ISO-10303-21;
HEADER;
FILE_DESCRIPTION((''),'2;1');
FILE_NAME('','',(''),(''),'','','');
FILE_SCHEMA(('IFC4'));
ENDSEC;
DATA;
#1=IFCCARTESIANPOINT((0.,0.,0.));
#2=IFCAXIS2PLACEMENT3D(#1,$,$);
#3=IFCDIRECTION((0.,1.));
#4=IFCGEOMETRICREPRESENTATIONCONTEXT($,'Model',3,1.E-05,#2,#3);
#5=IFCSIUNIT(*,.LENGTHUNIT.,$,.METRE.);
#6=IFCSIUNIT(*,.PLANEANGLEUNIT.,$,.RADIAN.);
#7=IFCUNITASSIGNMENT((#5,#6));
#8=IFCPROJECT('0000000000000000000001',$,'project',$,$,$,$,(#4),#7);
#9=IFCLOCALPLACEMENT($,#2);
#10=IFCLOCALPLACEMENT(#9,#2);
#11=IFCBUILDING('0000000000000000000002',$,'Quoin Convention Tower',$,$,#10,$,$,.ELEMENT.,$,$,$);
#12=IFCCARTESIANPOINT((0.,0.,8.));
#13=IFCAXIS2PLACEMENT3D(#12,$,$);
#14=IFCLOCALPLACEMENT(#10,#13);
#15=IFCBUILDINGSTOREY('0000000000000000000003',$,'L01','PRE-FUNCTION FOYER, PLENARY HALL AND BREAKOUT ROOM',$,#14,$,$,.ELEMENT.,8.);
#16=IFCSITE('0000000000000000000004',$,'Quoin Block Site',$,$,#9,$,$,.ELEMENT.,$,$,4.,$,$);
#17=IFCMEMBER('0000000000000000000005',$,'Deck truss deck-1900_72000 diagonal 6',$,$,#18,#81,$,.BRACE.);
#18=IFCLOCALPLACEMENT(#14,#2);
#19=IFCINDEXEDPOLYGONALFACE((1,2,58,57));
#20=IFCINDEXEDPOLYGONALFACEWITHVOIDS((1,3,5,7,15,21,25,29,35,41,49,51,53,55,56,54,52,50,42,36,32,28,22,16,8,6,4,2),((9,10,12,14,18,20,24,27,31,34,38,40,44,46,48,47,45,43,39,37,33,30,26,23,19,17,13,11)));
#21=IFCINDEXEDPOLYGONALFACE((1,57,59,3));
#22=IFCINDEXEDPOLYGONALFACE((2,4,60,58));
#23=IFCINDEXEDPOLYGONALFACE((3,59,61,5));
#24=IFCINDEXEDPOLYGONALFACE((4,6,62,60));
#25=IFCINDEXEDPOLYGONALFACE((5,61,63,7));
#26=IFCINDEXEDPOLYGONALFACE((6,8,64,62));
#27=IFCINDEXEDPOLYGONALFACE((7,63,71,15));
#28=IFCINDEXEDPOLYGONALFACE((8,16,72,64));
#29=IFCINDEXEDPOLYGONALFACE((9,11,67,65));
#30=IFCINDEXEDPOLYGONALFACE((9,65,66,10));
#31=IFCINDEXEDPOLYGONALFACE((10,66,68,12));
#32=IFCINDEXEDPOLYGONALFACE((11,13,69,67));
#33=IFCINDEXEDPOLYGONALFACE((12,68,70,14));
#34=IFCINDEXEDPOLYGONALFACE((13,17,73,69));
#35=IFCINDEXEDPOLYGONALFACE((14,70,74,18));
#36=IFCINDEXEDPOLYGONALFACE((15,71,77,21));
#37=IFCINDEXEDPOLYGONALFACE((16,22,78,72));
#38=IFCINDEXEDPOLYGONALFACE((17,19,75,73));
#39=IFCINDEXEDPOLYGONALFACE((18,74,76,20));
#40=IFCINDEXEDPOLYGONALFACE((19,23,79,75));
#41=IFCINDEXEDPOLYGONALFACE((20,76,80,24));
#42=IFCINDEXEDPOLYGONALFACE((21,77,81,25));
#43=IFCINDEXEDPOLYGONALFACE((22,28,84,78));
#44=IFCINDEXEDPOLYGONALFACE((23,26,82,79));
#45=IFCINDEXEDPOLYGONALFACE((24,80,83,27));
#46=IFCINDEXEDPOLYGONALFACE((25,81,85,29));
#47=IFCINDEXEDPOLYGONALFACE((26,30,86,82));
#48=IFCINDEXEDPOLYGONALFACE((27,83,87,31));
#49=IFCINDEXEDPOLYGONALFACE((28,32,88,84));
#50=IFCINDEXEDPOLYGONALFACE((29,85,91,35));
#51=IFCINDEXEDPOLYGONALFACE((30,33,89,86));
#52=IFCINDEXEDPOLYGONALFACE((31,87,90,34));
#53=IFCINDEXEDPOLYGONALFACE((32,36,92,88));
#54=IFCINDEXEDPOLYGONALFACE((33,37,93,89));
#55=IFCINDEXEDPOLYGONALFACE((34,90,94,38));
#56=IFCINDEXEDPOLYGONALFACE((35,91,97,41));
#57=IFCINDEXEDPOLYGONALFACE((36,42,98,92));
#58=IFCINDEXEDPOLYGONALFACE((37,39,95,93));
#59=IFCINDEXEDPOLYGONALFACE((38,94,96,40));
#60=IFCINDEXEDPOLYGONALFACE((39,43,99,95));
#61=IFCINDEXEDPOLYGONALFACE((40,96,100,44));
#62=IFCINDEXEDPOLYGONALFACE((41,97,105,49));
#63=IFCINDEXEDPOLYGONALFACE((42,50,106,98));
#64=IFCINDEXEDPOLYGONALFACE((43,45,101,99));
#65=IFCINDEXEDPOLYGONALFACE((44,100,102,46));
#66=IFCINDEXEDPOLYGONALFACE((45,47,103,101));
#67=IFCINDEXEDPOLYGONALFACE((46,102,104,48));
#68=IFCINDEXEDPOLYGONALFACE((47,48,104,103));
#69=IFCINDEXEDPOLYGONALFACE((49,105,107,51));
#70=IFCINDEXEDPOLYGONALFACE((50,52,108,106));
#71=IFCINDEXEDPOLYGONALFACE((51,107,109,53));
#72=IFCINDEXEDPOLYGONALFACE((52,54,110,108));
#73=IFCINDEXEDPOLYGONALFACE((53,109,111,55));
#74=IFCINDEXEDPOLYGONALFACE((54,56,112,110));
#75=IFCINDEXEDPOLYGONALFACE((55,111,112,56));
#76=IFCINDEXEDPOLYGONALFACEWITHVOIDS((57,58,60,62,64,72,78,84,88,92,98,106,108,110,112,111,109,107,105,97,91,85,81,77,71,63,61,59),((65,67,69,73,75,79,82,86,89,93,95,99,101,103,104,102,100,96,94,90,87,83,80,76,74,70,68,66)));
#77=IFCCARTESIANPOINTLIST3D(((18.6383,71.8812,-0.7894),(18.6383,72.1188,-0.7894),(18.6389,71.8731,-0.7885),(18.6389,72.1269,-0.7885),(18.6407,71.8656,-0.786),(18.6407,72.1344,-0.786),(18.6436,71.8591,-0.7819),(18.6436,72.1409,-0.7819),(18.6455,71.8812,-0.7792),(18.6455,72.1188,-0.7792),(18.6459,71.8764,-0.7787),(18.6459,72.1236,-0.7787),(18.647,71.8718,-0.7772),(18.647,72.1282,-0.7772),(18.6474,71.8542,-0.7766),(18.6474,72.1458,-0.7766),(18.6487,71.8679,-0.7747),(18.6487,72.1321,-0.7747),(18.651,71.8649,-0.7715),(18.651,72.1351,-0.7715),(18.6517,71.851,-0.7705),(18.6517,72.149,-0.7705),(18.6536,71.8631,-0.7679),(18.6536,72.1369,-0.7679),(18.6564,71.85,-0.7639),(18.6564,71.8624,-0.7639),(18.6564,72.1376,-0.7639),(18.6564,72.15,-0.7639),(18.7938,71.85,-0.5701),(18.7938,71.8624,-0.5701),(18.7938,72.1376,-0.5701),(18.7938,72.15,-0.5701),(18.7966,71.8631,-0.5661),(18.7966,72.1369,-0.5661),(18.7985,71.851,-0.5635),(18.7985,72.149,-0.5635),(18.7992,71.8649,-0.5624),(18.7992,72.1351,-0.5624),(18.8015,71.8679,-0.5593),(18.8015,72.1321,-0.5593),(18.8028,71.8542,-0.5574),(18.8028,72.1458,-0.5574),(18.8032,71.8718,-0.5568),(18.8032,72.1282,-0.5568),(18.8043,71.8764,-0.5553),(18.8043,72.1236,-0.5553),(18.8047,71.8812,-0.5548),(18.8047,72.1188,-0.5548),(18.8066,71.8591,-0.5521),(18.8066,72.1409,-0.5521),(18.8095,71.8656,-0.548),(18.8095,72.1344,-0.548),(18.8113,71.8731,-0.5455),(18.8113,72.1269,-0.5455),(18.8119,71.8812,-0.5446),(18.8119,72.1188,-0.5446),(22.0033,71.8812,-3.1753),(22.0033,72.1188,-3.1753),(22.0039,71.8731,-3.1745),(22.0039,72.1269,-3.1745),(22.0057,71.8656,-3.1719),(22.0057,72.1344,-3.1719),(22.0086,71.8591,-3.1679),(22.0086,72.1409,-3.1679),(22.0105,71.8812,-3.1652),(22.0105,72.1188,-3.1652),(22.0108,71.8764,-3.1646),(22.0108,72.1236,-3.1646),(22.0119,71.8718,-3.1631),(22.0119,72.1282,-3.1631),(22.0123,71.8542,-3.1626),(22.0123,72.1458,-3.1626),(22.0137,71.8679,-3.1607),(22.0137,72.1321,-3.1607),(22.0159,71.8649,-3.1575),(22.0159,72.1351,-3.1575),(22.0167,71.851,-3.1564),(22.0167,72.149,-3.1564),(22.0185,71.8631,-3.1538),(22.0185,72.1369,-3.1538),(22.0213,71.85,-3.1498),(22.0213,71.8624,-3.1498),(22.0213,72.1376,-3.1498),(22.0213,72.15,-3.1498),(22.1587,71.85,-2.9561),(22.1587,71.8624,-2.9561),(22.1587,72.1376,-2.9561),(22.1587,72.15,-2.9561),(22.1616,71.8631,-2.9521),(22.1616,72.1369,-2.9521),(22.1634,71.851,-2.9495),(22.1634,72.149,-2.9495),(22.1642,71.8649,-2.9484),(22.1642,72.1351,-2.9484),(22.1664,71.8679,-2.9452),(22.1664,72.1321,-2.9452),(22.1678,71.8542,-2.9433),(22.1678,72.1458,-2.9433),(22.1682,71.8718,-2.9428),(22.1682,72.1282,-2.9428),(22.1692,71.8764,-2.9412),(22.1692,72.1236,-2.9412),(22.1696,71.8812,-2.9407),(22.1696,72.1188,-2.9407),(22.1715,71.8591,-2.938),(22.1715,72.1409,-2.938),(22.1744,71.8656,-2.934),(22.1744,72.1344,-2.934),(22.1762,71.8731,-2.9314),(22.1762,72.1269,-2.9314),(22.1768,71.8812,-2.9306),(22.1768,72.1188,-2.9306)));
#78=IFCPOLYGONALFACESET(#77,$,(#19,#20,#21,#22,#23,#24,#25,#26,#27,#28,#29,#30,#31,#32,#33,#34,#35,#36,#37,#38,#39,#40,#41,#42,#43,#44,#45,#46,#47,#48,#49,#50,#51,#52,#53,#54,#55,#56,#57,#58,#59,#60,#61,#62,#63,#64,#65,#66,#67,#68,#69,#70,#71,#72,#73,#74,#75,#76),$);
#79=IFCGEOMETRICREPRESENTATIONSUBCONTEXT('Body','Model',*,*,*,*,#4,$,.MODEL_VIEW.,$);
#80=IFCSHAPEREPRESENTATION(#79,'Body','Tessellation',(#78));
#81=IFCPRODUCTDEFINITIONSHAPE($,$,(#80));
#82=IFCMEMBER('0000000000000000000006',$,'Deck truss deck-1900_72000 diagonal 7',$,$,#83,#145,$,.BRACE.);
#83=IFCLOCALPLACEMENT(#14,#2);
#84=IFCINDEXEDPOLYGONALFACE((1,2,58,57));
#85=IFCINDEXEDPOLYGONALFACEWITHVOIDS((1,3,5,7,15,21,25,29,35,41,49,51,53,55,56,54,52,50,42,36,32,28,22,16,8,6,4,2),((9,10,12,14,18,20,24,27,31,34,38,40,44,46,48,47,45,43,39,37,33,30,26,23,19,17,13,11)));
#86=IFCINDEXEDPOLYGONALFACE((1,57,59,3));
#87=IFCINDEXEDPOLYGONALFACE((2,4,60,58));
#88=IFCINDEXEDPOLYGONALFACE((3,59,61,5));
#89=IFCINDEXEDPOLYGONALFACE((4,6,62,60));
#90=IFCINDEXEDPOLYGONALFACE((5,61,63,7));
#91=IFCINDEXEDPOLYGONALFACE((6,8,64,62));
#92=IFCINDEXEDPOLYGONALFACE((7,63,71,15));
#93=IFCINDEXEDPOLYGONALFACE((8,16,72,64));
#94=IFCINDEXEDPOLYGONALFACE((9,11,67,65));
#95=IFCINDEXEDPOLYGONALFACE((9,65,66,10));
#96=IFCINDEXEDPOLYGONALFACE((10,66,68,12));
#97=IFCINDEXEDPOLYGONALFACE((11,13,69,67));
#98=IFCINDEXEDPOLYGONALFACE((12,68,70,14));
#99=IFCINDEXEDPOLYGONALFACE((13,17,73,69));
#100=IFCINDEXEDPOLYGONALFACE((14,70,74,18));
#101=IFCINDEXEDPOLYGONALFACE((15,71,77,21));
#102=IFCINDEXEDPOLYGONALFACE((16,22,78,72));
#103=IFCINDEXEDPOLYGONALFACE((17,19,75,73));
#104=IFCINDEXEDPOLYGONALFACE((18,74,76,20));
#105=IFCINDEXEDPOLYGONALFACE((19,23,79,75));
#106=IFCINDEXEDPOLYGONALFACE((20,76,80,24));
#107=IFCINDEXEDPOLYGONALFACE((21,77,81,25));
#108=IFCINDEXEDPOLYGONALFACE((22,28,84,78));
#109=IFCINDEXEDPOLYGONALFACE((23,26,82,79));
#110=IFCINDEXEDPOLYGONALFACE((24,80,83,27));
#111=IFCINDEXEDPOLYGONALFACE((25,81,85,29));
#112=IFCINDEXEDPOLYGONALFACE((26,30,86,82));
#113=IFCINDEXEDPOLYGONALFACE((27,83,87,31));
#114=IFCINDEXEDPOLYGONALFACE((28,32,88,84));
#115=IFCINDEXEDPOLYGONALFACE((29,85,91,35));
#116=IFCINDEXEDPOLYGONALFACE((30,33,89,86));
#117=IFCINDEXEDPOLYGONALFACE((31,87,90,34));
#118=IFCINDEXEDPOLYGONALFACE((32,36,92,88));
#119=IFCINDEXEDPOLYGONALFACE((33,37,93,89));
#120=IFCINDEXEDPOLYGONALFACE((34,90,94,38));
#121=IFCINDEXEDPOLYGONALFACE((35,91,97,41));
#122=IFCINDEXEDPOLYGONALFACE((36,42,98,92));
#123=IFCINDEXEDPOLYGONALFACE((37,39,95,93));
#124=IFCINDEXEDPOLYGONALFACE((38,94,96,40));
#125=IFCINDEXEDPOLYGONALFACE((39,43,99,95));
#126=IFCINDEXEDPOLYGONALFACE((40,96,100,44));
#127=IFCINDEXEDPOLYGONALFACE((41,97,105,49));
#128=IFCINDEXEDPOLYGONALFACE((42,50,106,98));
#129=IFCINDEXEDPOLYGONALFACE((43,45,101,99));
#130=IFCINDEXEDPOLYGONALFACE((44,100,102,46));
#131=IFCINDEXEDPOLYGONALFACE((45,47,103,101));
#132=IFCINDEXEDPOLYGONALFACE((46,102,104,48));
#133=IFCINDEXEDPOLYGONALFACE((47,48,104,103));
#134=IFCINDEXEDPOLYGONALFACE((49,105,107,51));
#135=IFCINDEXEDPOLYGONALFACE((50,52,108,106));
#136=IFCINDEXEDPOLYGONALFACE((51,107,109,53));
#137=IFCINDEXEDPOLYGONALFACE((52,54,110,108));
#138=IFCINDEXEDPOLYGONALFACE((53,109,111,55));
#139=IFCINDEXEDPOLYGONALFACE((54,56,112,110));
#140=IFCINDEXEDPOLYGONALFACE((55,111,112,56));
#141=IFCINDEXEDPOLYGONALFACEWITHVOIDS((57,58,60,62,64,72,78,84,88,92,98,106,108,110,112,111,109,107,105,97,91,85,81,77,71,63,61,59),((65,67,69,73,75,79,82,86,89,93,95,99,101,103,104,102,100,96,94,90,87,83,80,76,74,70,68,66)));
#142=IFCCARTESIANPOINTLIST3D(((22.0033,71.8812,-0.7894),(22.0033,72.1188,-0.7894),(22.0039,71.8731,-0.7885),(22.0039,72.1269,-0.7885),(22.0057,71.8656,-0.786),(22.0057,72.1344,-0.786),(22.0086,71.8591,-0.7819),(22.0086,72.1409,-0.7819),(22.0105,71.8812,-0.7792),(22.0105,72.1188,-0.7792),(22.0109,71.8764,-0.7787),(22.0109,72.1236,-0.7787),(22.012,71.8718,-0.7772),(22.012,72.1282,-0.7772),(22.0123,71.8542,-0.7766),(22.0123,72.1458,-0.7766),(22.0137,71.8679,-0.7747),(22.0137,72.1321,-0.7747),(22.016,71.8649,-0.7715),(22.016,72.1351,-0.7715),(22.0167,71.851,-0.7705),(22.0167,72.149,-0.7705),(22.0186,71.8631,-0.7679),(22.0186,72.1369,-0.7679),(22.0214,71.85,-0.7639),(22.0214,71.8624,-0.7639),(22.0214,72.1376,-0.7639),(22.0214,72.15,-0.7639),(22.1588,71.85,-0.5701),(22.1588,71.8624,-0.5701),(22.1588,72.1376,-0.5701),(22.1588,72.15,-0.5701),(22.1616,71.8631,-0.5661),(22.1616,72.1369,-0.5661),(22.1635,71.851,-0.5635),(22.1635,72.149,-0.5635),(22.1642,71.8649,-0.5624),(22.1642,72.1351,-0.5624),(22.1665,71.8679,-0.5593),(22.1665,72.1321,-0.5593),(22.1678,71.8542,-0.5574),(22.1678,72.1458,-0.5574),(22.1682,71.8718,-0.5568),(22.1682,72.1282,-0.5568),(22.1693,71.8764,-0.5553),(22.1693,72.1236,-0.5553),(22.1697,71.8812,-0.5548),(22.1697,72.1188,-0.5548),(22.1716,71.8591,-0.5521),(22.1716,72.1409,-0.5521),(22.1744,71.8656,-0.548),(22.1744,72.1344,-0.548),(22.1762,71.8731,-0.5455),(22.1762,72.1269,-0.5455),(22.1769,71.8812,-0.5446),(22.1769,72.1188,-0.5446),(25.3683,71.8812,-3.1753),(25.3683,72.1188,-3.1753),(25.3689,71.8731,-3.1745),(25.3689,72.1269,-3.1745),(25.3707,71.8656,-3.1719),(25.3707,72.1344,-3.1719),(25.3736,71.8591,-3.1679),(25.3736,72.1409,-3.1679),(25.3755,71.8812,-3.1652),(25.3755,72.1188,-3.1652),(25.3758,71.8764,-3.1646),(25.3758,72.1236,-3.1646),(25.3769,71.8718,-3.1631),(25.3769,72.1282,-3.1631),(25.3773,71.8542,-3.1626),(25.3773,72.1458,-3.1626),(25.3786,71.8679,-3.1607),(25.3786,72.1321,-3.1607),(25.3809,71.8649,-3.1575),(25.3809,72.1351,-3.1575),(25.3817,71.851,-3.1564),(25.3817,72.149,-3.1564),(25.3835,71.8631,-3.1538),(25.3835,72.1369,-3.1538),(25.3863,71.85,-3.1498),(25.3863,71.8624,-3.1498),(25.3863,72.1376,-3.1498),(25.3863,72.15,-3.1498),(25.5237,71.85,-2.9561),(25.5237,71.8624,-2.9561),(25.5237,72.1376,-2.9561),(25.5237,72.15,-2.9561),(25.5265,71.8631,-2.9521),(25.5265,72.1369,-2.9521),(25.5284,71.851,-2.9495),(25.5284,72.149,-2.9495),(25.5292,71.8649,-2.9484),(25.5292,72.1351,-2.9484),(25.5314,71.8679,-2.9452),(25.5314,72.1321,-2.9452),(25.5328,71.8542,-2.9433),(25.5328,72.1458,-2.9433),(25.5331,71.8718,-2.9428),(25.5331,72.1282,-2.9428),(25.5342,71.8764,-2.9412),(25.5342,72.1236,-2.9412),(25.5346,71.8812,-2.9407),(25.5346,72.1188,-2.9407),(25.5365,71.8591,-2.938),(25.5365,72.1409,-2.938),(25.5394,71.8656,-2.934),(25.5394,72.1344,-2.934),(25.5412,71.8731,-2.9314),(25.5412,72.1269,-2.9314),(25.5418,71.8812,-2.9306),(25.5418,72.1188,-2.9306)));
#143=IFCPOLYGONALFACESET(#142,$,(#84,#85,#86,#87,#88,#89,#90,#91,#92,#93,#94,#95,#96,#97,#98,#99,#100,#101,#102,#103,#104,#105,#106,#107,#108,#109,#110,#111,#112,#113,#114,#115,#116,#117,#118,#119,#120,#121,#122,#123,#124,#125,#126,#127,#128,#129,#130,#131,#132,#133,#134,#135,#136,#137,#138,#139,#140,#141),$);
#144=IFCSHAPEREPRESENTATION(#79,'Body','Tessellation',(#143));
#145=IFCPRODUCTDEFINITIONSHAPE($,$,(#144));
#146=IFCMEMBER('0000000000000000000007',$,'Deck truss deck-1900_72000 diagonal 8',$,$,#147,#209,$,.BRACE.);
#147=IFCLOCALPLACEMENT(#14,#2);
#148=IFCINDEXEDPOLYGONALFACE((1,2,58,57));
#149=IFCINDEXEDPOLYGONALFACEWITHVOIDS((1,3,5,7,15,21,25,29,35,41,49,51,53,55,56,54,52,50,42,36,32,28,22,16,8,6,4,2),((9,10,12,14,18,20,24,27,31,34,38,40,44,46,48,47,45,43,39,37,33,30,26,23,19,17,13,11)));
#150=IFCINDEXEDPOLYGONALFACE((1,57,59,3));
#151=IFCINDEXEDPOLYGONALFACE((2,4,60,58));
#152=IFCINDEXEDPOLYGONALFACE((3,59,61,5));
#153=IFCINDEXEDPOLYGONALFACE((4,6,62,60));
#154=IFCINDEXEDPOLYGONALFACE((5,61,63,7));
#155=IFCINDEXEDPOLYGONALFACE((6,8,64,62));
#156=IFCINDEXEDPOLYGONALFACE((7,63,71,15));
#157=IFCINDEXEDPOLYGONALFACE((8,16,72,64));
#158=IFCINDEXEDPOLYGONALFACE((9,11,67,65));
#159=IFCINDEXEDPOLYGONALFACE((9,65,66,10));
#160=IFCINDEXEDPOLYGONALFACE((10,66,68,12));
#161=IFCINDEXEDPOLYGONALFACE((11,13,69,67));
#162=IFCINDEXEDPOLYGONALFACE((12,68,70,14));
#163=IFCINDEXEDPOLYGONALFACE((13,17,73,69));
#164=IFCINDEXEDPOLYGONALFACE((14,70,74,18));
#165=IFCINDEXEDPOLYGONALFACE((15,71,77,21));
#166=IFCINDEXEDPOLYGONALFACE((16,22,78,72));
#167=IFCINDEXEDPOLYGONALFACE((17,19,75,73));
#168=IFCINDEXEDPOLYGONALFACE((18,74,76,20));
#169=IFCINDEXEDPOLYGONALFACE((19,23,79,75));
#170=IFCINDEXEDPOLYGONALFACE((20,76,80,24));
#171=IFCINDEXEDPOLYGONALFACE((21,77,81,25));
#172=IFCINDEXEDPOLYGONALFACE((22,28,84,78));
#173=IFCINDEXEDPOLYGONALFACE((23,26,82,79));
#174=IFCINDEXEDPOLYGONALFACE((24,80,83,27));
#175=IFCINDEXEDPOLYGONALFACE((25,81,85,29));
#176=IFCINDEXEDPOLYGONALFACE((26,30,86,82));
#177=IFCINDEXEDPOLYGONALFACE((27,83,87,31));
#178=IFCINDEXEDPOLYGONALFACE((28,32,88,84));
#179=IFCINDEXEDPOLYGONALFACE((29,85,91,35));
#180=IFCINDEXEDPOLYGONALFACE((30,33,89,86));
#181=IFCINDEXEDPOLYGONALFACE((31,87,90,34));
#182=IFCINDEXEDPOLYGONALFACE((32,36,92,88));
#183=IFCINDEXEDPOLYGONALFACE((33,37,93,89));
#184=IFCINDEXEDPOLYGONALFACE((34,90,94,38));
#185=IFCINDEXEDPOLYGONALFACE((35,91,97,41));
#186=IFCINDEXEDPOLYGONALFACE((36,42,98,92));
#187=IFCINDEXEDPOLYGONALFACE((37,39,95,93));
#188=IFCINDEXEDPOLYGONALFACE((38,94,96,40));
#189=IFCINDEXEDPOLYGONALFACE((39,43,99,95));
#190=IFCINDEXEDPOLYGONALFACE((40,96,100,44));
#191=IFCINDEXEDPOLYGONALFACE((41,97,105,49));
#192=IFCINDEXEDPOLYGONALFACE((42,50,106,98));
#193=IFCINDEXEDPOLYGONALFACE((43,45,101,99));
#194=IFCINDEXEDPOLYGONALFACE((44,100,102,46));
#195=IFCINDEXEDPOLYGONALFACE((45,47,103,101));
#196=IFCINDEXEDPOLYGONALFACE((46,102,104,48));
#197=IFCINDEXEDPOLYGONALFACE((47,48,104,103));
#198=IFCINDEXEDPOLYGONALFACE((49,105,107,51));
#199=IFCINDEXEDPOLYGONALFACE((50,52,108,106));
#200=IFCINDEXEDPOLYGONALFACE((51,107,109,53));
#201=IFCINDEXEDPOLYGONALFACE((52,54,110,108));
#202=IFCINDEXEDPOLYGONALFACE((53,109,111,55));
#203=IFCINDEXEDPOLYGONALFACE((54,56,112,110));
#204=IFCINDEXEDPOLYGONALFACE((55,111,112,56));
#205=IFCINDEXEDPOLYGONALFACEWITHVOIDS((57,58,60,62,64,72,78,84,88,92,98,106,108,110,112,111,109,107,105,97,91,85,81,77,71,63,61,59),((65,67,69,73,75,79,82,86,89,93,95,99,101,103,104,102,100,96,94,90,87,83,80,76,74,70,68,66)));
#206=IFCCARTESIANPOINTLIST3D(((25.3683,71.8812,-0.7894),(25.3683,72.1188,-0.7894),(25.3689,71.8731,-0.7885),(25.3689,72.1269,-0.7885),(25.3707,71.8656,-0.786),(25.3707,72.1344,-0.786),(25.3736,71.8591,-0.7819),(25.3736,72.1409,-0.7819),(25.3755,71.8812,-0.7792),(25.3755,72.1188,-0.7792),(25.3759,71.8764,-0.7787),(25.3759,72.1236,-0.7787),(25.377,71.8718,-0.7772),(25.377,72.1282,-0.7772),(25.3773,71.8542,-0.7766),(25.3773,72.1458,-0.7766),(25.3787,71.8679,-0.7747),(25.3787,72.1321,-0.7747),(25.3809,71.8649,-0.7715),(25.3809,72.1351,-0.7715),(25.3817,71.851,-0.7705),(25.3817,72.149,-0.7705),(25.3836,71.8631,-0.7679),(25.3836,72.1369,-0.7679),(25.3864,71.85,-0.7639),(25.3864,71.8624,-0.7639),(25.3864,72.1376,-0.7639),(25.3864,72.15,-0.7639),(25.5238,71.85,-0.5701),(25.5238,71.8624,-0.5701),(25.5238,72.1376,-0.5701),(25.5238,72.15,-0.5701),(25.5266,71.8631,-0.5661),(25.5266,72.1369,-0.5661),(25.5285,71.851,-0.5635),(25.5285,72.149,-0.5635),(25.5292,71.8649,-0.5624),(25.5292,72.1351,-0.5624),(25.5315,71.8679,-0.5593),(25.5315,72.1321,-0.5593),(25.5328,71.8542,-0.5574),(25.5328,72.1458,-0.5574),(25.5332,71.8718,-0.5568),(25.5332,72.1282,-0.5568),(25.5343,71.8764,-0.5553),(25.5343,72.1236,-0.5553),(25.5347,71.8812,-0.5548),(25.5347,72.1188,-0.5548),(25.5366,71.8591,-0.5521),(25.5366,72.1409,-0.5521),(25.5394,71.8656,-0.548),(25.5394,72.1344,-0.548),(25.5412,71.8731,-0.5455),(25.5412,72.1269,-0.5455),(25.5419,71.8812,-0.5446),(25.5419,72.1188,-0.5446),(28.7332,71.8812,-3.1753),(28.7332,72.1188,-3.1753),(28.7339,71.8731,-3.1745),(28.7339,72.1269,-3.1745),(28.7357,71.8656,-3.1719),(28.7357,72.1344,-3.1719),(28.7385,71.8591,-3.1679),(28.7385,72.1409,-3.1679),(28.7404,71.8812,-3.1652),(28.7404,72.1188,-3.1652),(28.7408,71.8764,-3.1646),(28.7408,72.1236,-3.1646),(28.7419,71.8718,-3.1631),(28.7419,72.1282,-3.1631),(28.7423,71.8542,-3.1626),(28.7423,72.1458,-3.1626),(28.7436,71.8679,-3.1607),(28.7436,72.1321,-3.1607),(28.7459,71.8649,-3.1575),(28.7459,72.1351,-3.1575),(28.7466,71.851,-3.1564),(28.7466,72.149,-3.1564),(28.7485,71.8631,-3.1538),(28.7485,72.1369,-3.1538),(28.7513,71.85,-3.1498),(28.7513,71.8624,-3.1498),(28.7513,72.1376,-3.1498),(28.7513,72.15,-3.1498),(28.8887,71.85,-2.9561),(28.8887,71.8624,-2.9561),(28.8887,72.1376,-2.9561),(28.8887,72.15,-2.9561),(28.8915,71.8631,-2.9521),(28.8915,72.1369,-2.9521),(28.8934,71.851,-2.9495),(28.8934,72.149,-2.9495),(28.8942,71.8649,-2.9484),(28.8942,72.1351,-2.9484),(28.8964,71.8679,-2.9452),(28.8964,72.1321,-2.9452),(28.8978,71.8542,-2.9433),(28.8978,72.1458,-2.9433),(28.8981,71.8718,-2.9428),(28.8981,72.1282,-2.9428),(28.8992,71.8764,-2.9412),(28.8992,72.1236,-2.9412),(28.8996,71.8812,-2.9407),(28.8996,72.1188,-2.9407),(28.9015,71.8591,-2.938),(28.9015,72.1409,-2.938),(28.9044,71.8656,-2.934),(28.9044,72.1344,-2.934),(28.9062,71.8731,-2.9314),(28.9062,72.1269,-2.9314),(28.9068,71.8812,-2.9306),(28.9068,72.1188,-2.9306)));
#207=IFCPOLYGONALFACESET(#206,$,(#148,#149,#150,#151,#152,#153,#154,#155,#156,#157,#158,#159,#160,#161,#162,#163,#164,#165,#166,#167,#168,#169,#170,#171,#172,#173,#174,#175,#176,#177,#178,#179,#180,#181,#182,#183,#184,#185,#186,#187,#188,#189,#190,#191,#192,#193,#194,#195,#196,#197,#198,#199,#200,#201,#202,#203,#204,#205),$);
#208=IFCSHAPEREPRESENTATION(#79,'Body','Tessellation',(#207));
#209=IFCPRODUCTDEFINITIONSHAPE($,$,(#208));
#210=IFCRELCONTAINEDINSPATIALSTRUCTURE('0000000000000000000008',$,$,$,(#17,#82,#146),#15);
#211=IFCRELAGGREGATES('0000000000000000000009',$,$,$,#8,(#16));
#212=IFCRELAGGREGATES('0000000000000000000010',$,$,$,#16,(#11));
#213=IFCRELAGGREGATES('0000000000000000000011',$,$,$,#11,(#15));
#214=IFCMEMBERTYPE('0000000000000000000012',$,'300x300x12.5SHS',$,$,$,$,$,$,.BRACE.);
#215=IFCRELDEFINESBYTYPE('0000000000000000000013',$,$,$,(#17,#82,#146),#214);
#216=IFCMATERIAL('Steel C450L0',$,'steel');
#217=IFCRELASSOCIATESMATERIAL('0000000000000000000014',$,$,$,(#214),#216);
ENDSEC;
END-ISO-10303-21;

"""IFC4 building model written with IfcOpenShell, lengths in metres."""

from ifc_helpers import new_model, si_unit, direction, frame, origin, origin_2d, place, context, subcontext, project, spatial, hollow_rectangle, extrude, material, material_profile, profile_set, type_object, element, save


model = new_model("IFC4")

# Units and contexts
model_context = context("Model", 3, precision=1e-05, world=origin(), true_north=direction((0.0, 1.0)))
body_context = subcontext(model_context, "Body", "Model", "MODEL_VIEW")
ifc_project = project(units=[si_unit("LENGTHUNIT", "METRE"), si_unit("PLANEANGLEUNIT", "RADIAN")], contexts=[model_context])

# Site, building, storey
site_placement = place(None, origin())
site = spatial("IfcSite", under=ifc_project, at=site_placement, Name="Quoin Block Site", CompositionType="ELEMENT", RefElevation=4.0)
building_placement = place(site_placement, origin())
building = spatial("IfcBuilding", under=site, at=building_placement, Name="Quoin Convention Tower", CompositionType="ELEMENT")
storey_placement = place(building_placement, frame((0.0, 0.0, 8.0)))
storey = spatial("IfcBuildingStorey", under=building, at=storey_placement, Name="L01", Description="PRE-FUNCTION FOYER, PLENARY HALL AND BREAKOUT ROOM", CompositionType="ELEMENT", Elevation=8.0)

# Shared definitions
ifc_material_1 = material(Name="Steel C450L0", Category="steel")

# Members
ifc_material_profile_1 = material_profile(ifc_material_1, hollow_rectangle(XDim=0.3, YDim=0.3, WallThickness=0.0125, InnerFilletRadius=0.0188, OuterFilletRadius=0.0312, at=origin_2d()), Name="300x300x12.5SHS")
ifc_profile_set_1 = profile_set([ifc_material_profile_1], Name="Steel C450L0")
member_type_1 = type_object("IfcMemberType", Name="300x300x12.5SHS", PredefinedType="BRACE", material=ifc_profile_set_1)
for number, where, z_axis, x_axis, name in (
    (1, (18.7251, 72.0, -0.667), (0.815744, 0.0, -0.578413), (0.0, 1.0, 0.0), "Deck truss deck-1900_72000 diagonal 6"),
    (2, (22.0901, 72.0, -0.667), (0.815744, 0.0, -0.578413), (0.0, 1.0, 0.0), "Deck truss deck-1900_72000 diagonal 7"),
    (3, (25.4551, 72.0, -0.667), (0.815744, 0.0, -0.578413), (0.0, 1.0, 0.0), "Deck truss deck-1900_72000 diagonal 8"),
):
    element("IfcMember", number, at=place(storey_placement, frame(where, z_axis=z_axis, x_axis=x_axis)), inside=storey, type_object=member_type_1, Name=name, PredefinedType="BRACE", context=body_context, shape_type="SweptSolid", body=[
        extrude(hollow_rectangle(XDim=0.3, YDim=0.3, WallThickness=0.0125, InnerFilletRadius=0.0188, OuterFilletRadius=0.0312, at=origin_2d()), origin(), (0.0, 0.0, 1.0), 4.125),
    ])

save(model, "model.ifc")
